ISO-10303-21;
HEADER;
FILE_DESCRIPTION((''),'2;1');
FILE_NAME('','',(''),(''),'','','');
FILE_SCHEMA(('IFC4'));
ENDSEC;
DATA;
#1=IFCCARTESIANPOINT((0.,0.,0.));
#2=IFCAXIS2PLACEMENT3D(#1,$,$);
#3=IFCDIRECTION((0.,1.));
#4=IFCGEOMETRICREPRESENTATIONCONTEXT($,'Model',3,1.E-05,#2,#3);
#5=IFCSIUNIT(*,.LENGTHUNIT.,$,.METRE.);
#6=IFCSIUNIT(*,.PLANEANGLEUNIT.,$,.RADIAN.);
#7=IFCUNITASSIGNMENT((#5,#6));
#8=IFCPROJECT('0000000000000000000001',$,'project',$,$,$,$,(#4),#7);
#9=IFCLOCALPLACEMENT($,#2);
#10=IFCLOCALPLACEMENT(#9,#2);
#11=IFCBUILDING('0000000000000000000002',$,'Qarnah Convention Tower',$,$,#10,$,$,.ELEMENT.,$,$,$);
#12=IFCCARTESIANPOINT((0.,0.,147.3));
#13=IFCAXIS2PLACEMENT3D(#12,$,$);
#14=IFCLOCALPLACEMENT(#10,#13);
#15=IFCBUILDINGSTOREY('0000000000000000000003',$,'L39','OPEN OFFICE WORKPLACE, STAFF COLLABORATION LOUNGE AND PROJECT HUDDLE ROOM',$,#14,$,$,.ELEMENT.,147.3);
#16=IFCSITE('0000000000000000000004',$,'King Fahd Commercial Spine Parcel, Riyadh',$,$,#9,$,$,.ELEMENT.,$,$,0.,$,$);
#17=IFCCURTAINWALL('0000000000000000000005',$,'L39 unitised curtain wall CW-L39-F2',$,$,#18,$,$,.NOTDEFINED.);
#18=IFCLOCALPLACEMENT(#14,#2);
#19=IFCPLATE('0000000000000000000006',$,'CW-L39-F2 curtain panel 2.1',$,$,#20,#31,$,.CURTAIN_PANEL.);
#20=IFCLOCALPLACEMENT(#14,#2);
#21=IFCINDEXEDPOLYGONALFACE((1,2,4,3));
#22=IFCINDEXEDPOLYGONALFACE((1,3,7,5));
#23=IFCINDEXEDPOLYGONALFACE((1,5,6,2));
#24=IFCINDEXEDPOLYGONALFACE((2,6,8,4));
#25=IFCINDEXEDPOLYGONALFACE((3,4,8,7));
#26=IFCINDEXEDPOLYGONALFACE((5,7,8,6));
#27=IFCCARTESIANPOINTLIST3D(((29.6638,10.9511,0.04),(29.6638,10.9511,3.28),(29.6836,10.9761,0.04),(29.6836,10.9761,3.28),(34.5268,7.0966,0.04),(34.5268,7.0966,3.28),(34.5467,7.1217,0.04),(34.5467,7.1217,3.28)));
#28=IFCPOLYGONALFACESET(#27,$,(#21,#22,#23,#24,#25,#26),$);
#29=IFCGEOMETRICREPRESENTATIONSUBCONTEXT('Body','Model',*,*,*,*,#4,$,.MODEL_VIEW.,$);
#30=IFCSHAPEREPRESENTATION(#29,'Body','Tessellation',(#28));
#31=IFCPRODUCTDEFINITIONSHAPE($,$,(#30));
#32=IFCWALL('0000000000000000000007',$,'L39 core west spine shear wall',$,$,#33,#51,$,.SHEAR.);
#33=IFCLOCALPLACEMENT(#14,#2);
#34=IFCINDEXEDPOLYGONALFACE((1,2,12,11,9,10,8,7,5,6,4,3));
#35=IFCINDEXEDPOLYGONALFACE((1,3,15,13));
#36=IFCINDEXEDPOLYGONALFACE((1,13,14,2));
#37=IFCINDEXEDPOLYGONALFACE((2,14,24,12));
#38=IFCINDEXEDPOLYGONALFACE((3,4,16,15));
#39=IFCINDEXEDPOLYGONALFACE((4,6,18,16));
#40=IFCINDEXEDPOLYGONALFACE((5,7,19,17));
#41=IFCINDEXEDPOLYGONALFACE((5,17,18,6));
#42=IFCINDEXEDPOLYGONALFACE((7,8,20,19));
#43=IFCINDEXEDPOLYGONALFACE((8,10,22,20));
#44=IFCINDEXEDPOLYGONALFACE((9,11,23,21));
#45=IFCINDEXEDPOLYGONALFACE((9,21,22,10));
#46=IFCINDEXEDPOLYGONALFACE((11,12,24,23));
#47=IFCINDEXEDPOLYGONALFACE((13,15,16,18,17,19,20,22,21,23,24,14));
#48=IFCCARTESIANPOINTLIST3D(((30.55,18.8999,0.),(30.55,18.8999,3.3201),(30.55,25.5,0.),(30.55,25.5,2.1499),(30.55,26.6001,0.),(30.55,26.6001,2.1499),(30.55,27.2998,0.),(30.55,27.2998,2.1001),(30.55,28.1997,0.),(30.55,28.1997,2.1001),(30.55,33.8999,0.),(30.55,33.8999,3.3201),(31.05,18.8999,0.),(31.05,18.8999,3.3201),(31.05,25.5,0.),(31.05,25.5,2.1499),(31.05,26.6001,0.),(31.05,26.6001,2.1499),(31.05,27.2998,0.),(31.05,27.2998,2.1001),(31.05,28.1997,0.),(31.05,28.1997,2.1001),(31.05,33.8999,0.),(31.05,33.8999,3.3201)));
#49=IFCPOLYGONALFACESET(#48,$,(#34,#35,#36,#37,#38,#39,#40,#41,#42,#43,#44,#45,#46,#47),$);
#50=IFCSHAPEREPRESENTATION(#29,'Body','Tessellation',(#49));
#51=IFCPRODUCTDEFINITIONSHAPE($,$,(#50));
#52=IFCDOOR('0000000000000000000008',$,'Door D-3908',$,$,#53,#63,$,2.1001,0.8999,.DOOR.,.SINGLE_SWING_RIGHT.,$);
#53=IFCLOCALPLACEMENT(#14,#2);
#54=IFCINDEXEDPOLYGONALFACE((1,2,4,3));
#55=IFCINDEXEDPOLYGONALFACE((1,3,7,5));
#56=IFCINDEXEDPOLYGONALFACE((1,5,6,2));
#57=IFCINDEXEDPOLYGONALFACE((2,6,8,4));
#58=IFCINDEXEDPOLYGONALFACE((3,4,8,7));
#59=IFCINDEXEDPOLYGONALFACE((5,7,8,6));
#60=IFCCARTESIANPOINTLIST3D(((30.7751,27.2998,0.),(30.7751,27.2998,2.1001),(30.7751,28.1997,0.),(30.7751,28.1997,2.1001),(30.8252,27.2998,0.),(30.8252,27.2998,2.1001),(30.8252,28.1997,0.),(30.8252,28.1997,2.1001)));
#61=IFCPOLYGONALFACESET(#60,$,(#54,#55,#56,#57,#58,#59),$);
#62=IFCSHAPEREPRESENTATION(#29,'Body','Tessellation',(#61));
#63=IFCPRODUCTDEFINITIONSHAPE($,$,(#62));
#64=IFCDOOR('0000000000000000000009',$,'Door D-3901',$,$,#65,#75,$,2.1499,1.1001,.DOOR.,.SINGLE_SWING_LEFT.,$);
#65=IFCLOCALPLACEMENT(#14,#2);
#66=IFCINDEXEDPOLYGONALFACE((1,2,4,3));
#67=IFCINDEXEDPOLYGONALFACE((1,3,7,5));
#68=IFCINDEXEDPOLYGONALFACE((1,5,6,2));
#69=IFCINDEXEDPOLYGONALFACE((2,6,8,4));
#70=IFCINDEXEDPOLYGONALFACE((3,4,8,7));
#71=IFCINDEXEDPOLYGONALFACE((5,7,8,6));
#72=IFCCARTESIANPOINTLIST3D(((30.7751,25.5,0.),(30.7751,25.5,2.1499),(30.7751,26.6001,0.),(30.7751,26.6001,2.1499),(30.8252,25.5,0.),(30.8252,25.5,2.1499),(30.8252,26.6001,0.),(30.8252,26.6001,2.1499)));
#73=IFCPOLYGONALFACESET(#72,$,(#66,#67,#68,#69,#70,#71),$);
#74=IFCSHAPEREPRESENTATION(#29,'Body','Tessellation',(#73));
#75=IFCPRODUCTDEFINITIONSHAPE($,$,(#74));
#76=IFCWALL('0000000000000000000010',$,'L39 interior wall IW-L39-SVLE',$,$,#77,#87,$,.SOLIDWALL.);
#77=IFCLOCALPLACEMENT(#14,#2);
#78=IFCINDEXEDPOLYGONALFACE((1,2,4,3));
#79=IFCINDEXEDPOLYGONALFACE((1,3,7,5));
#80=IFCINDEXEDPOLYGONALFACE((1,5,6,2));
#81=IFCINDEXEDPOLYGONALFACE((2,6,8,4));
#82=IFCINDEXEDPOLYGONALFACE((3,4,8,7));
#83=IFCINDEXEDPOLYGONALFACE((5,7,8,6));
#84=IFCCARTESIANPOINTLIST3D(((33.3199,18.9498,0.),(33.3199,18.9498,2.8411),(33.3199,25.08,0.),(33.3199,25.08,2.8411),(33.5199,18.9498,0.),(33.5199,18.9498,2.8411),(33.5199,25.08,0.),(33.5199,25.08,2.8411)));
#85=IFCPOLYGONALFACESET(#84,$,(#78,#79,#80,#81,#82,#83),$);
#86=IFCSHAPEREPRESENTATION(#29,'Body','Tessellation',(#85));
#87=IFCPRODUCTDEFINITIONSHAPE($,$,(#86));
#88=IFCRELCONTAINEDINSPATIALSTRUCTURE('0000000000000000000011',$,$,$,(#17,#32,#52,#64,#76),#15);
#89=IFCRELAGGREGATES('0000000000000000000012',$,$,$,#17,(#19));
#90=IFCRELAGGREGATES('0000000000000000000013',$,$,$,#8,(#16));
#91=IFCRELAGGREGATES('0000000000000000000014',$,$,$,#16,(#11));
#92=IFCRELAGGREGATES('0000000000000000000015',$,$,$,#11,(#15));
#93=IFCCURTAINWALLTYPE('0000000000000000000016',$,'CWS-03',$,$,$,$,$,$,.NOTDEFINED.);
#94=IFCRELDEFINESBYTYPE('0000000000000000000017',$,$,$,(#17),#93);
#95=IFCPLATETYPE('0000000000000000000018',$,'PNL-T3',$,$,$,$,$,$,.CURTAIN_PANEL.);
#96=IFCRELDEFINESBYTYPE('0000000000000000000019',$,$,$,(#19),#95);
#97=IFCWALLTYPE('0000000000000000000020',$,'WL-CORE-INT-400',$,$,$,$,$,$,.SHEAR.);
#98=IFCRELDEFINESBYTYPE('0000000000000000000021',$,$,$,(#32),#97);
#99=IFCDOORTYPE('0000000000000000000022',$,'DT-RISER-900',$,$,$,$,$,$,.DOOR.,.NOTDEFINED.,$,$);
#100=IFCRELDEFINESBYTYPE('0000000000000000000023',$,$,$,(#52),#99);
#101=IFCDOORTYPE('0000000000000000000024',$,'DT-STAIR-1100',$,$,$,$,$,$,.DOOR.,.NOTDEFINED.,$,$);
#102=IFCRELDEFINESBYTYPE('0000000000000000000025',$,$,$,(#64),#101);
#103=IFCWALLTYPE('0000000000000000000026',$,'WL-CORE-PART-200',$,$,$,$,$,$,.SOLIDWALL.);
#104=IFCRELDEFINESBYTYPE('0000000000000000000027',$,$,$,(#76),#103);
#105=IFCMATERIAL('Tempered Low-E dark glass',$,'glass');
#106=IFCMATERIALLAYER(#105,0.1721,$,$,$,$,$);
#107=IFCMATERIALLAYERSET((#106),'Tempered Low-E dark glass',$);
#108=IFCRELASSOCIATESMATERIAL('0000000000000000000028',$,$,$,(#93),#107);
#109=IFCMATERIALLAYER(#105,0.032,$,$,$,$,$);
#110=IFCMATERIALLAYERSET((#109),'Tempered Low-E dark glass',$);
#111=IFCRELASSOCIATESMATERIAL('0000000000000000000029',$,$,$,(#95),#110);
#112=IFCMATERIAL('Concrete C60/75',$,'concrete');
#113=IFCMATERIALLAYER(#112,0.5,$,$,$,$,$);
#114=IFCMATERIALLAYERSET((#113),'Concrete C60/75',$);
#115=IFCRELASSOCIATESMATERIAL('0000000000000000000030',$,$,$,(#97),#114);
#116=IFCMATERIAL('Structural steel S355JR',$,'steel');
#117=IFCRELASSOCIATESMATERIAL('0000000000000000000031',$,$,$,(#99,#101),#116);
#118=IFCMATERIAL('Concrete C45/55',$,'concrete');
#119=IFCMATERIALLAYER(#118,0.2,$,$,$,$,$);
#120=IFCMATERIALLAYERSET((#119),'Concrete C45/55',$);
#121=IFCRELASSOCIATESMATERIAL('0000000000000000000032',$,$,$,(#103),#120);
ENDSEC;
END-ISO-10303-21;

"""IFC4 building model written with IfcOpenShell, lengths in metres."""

from ifc_helpers import new_model, si_unit, direction, frame, frame_2d, origin, origin_2d, place, context, subcontext, project, spatial, rectangle, extrude, material, layer, layer_set, type_object, element, fill, aggregate, save


model = new_model("IFC4")

# Units and contexts
model_context = context("Model", 3, precision=1e-05, world=origin(), true_north=direction((0.0, 1.0)))
body_context = subcontext(model_context, "Body", "Model", "MODEL_VIEW")
ifc_project = project(units=[si_unit("LENGTHUNIT", "METRE"), si_unit("PLANEANGLEUNIT", "RADIAN")], contexts=[model_context])

# Site, building, storey
site_placement = place(None, origin())
site = spatial("IfcSite", under=ifc_project, at=site_placement, Name="King Fahd Commercial Spine Parcel, Riyadh", CompositionType="ELEMENT", RefElevation=0.0)
building_placement = place(site_placement, origin())
building = spatial("IfcBuilding", under=site, at=building_placement, Name="Qarnah Convention Tower", CompositionType="ELEMENT")
storey_placement = place(building_placement, frame((0.0, 0.0, 147.3)))
storey = spatial("IfcBuildingStorey", under=building, at=storey_placement, Name="L39", Description="OPEN OFFICE WORKPLACE, STAFF COLLABORATION LOUNGE AND PROJECT HUDDLE ROOM", CompositionType="ELEMENT", Elevation=147.3)

# Shared definitions
ifc_material_1 = material(Name="Concrete C60/75", Category="concrete")

# Shared definitions
ifc_material_2 = material(Name="Structural steel S355JR", Category="steel")

# Curtain wall, plate
ifc_material_3 = material(Name="Tempered Low-E dark glass", Category="glass")
ifc_layer_1 = layer(ifc_material_3, 0.1721)
ifc_layer_set_1 = layer_set([ifc_layer_1], Name="Tempered Low-E dark glass")
curtain_wall_type = type_object("IfcCurtainWallType", Name="CWS-03", PredefinedType="NOTDEFINED", material=ifc_layer_set_1)
curtain_wall_placement = place(storey_placement, origin())
curtain_wall = element("IfcCurtainWall", 1, at=curtain_wall_placement, inside=storey, type_object=curtain_wall_type, Name="L39 unitised curtain wall CW-L39-F2", PredefinedType="NOTDEFINED")
ifc_layer_2 = layer(ifc_material_3, 0.032)
ifc_layer_set_2 = layer_set([ifc_layer_2], Name="Tempered Low-E dark glass")
plate_type = type_object("IfcPlateType", Name="PNL-T3", PredefinedType="CURTAIN_PANEL", material=ifc_layer_set_2)
plate_1_placement = place(storey_placement, frame((32.1052, 9.0364, 0.04), z_axis=(0.0, 0.0, 1.0), x_axis=(-0.783689, 0.621154, 0.0)))
plate_1 = element("IfcPlate", 2, at=plate_1_placement, type_object=plate_type, Name="CW-L39-F2 curtain panel 2.1", PredefinedType="CURTAIN_PANEL", context=body_context, shape_type="SweptSolid", body=[
    extrude(rectangle(XDim=6.2053, YDim=0.032, at=origin_2d()), origin(), (0.0, 0.0, 1.0), 3.24),
])
aggregate(curtain_wall, [plate_1])

# Wall, openings, doors
ifc_layer_3 = layer(ifc_material_1, 0.5)
ifc_layer_set_3 = layer_set([ifc_layer_3], Name="Concrete C60/75")
wall_type_1 = type_object("IfcWallType", Name="WL-CORE-INT-400", PredefinedType="SHEAR", material=ifc_layer_set_3)
wall_1_placement = place(storey_placement, frame((30.8, 18.8999, 0.0), z_axis=(0.0, 0.0, 1.0), x_axis=(0.0, 1.0, 0.0)))
wall_1 = element("IfcWall", 3, at=wall_1_placement, inside=storey, type_object=wall_type_1, Name="L39 core west spine shear wall", PredefinedType="SHEAR", context=body_context, shape_type="SweptSolid", body=[
    extrude(rectangle(XDim=15.0, YDim=0.5, at=frame_2d((7.5, 0.0))), origin(), (0.0, 0.0, 1.0), 3.3201),
])
opening_1_placement = place(wall_1_placement, frame((6.6001, 0.0, 0.0)))
opening_1 = element("IfcOpeningElement", 4, at=opening_1_placement, cuts=wall_1, PredefinedType="OPENING", context=body_context, shape_type="SweptSolid", body=[
    extrude(rectangle(XDim=1.1001, YDim=2.1499, at=frame_2d((0.55, 1.075))), frame((0.0, 0.26, 0.0), z_axis=(0.0, -1.0, 0.0), x_axis=(1.0, 0.0, 0.0)), (0.0, 0.0, 1.0), 0.52),
])
opening_2_placement = place(wall_1_placement, frame((8.3999, 0.0, 0.0)))
opening_2 = element("IfcOpeningElement", 5, at=opening_2_placement, cuts=wall_1, PredefinedType="OPENING", context=body_context, shape_type="SweptSolid", body=[
    extrude(rectangle(XDim=0.8999, YDim=2.1001, at=frame_2d((0.45, 1.05))), frame((0.0, 0.26, 0.0), z_axis=(0.0, -1.0, 0.0), x_axis=(1.0, 0.0, 0.0)), (0.0, 0.0, 1.0), 0.52),
])
door_type_1 = type_object("IfcDoorType", Name="DT-RISER-900", OperationType="NOTDEFINED", PredefinedType="DOOR", material=ifc_material_2)
door_1_placement = place(opening_2_placement, origin())
door_1 = element("IfcDoor", 6, at=door_1_placement, inside=storey, type_object=door_type_1, Name="Door D-3908", OperationType="SINGLE_SWING_RIGHT", OverallHeight=2.1001, OverallWidth=0.8999, PredefinedType="DOOR", context=body_context, shape_type="SweptSolid", body=[
    extrude(rectangle(XDim=0.8999, YDim=2.1001, at=frame_2d((0.45, 1.05))), frame((0.0, 0.0249, 0.0), z_axis=(0.0, -1.0, 0.0), x_axis=(1.0, 0.0, 0.0)), (0.0, 0.0, 1.0), 0.05),
])
fill(opening_2, door_1)
door_type_2 = type_object("IfcDoorType", Name="DT-STAIR-1100", OperationType="NOTDEFINED", PredefinedType="DOOR", material=ifc_material_2)
door_2_placement = place(opening_1_placement, origin())
door_2 = element("IfcDoor", 7, at=door_2_placement, inside=storey, type_object=door_type_2, Name="Door D-3901", OperationType="SINGLE_SWING_LEFT", OverallHeight=2.1499, OverallWidth=1.1001, PredefinedType="DOOR", context=body_context, shape_type="SweptSolid", body=[
    extrude(rectangle(XDim=1.1001, YDim=2.1499, at=frame_2d((0.55, 1.075))), frame((0.0, 0.0249, 0.0), z_axis=(0.0, -1.0, 0.0), x_axis=(1.0, 0.0, 0.0)), (0.0, 0.0, 1.0), 0.05),
])
fill(opening_1, door_2)

# Wall
ifc_material_4 = material(Name="Concrete C45/55", Category="concrete")
ifc_layer_4 = layer(ifc_material_4, 0.2)
ifc_layer_set_4 = layer_set([ifc_layer_4], Name="Concrete C45/55")
wall_type_2 = type_object("IfcWallType", Name="WL-CORE-PART-200", PredefinedType="SOLIDWALL", material=ifc_layer_set_4)
wall_2_placement = place(storey_placement, frame((33.4199, 18.95, 0.0), z_axis=(0.0, 0.0, 1.0), x_axis=(0.0, 1.0, 0.0)))
element("IfcWall", 8, at=wall_2_placement, inside=storey, type_object=wall_type_2, Name="L39 interior wall IW-L39-SVLE", PredefinedType="SOLIDWALL", context=body_context, shape_type="SweptSolid", body=[
    extrude(rectangle(XDim=6.1301, YDim=0.2, at=frame_2d((3.0649, 0.0))), origin(), (0.0, 0.0, 1.0), 2.8411),
])

save(model, "model.ifc")
